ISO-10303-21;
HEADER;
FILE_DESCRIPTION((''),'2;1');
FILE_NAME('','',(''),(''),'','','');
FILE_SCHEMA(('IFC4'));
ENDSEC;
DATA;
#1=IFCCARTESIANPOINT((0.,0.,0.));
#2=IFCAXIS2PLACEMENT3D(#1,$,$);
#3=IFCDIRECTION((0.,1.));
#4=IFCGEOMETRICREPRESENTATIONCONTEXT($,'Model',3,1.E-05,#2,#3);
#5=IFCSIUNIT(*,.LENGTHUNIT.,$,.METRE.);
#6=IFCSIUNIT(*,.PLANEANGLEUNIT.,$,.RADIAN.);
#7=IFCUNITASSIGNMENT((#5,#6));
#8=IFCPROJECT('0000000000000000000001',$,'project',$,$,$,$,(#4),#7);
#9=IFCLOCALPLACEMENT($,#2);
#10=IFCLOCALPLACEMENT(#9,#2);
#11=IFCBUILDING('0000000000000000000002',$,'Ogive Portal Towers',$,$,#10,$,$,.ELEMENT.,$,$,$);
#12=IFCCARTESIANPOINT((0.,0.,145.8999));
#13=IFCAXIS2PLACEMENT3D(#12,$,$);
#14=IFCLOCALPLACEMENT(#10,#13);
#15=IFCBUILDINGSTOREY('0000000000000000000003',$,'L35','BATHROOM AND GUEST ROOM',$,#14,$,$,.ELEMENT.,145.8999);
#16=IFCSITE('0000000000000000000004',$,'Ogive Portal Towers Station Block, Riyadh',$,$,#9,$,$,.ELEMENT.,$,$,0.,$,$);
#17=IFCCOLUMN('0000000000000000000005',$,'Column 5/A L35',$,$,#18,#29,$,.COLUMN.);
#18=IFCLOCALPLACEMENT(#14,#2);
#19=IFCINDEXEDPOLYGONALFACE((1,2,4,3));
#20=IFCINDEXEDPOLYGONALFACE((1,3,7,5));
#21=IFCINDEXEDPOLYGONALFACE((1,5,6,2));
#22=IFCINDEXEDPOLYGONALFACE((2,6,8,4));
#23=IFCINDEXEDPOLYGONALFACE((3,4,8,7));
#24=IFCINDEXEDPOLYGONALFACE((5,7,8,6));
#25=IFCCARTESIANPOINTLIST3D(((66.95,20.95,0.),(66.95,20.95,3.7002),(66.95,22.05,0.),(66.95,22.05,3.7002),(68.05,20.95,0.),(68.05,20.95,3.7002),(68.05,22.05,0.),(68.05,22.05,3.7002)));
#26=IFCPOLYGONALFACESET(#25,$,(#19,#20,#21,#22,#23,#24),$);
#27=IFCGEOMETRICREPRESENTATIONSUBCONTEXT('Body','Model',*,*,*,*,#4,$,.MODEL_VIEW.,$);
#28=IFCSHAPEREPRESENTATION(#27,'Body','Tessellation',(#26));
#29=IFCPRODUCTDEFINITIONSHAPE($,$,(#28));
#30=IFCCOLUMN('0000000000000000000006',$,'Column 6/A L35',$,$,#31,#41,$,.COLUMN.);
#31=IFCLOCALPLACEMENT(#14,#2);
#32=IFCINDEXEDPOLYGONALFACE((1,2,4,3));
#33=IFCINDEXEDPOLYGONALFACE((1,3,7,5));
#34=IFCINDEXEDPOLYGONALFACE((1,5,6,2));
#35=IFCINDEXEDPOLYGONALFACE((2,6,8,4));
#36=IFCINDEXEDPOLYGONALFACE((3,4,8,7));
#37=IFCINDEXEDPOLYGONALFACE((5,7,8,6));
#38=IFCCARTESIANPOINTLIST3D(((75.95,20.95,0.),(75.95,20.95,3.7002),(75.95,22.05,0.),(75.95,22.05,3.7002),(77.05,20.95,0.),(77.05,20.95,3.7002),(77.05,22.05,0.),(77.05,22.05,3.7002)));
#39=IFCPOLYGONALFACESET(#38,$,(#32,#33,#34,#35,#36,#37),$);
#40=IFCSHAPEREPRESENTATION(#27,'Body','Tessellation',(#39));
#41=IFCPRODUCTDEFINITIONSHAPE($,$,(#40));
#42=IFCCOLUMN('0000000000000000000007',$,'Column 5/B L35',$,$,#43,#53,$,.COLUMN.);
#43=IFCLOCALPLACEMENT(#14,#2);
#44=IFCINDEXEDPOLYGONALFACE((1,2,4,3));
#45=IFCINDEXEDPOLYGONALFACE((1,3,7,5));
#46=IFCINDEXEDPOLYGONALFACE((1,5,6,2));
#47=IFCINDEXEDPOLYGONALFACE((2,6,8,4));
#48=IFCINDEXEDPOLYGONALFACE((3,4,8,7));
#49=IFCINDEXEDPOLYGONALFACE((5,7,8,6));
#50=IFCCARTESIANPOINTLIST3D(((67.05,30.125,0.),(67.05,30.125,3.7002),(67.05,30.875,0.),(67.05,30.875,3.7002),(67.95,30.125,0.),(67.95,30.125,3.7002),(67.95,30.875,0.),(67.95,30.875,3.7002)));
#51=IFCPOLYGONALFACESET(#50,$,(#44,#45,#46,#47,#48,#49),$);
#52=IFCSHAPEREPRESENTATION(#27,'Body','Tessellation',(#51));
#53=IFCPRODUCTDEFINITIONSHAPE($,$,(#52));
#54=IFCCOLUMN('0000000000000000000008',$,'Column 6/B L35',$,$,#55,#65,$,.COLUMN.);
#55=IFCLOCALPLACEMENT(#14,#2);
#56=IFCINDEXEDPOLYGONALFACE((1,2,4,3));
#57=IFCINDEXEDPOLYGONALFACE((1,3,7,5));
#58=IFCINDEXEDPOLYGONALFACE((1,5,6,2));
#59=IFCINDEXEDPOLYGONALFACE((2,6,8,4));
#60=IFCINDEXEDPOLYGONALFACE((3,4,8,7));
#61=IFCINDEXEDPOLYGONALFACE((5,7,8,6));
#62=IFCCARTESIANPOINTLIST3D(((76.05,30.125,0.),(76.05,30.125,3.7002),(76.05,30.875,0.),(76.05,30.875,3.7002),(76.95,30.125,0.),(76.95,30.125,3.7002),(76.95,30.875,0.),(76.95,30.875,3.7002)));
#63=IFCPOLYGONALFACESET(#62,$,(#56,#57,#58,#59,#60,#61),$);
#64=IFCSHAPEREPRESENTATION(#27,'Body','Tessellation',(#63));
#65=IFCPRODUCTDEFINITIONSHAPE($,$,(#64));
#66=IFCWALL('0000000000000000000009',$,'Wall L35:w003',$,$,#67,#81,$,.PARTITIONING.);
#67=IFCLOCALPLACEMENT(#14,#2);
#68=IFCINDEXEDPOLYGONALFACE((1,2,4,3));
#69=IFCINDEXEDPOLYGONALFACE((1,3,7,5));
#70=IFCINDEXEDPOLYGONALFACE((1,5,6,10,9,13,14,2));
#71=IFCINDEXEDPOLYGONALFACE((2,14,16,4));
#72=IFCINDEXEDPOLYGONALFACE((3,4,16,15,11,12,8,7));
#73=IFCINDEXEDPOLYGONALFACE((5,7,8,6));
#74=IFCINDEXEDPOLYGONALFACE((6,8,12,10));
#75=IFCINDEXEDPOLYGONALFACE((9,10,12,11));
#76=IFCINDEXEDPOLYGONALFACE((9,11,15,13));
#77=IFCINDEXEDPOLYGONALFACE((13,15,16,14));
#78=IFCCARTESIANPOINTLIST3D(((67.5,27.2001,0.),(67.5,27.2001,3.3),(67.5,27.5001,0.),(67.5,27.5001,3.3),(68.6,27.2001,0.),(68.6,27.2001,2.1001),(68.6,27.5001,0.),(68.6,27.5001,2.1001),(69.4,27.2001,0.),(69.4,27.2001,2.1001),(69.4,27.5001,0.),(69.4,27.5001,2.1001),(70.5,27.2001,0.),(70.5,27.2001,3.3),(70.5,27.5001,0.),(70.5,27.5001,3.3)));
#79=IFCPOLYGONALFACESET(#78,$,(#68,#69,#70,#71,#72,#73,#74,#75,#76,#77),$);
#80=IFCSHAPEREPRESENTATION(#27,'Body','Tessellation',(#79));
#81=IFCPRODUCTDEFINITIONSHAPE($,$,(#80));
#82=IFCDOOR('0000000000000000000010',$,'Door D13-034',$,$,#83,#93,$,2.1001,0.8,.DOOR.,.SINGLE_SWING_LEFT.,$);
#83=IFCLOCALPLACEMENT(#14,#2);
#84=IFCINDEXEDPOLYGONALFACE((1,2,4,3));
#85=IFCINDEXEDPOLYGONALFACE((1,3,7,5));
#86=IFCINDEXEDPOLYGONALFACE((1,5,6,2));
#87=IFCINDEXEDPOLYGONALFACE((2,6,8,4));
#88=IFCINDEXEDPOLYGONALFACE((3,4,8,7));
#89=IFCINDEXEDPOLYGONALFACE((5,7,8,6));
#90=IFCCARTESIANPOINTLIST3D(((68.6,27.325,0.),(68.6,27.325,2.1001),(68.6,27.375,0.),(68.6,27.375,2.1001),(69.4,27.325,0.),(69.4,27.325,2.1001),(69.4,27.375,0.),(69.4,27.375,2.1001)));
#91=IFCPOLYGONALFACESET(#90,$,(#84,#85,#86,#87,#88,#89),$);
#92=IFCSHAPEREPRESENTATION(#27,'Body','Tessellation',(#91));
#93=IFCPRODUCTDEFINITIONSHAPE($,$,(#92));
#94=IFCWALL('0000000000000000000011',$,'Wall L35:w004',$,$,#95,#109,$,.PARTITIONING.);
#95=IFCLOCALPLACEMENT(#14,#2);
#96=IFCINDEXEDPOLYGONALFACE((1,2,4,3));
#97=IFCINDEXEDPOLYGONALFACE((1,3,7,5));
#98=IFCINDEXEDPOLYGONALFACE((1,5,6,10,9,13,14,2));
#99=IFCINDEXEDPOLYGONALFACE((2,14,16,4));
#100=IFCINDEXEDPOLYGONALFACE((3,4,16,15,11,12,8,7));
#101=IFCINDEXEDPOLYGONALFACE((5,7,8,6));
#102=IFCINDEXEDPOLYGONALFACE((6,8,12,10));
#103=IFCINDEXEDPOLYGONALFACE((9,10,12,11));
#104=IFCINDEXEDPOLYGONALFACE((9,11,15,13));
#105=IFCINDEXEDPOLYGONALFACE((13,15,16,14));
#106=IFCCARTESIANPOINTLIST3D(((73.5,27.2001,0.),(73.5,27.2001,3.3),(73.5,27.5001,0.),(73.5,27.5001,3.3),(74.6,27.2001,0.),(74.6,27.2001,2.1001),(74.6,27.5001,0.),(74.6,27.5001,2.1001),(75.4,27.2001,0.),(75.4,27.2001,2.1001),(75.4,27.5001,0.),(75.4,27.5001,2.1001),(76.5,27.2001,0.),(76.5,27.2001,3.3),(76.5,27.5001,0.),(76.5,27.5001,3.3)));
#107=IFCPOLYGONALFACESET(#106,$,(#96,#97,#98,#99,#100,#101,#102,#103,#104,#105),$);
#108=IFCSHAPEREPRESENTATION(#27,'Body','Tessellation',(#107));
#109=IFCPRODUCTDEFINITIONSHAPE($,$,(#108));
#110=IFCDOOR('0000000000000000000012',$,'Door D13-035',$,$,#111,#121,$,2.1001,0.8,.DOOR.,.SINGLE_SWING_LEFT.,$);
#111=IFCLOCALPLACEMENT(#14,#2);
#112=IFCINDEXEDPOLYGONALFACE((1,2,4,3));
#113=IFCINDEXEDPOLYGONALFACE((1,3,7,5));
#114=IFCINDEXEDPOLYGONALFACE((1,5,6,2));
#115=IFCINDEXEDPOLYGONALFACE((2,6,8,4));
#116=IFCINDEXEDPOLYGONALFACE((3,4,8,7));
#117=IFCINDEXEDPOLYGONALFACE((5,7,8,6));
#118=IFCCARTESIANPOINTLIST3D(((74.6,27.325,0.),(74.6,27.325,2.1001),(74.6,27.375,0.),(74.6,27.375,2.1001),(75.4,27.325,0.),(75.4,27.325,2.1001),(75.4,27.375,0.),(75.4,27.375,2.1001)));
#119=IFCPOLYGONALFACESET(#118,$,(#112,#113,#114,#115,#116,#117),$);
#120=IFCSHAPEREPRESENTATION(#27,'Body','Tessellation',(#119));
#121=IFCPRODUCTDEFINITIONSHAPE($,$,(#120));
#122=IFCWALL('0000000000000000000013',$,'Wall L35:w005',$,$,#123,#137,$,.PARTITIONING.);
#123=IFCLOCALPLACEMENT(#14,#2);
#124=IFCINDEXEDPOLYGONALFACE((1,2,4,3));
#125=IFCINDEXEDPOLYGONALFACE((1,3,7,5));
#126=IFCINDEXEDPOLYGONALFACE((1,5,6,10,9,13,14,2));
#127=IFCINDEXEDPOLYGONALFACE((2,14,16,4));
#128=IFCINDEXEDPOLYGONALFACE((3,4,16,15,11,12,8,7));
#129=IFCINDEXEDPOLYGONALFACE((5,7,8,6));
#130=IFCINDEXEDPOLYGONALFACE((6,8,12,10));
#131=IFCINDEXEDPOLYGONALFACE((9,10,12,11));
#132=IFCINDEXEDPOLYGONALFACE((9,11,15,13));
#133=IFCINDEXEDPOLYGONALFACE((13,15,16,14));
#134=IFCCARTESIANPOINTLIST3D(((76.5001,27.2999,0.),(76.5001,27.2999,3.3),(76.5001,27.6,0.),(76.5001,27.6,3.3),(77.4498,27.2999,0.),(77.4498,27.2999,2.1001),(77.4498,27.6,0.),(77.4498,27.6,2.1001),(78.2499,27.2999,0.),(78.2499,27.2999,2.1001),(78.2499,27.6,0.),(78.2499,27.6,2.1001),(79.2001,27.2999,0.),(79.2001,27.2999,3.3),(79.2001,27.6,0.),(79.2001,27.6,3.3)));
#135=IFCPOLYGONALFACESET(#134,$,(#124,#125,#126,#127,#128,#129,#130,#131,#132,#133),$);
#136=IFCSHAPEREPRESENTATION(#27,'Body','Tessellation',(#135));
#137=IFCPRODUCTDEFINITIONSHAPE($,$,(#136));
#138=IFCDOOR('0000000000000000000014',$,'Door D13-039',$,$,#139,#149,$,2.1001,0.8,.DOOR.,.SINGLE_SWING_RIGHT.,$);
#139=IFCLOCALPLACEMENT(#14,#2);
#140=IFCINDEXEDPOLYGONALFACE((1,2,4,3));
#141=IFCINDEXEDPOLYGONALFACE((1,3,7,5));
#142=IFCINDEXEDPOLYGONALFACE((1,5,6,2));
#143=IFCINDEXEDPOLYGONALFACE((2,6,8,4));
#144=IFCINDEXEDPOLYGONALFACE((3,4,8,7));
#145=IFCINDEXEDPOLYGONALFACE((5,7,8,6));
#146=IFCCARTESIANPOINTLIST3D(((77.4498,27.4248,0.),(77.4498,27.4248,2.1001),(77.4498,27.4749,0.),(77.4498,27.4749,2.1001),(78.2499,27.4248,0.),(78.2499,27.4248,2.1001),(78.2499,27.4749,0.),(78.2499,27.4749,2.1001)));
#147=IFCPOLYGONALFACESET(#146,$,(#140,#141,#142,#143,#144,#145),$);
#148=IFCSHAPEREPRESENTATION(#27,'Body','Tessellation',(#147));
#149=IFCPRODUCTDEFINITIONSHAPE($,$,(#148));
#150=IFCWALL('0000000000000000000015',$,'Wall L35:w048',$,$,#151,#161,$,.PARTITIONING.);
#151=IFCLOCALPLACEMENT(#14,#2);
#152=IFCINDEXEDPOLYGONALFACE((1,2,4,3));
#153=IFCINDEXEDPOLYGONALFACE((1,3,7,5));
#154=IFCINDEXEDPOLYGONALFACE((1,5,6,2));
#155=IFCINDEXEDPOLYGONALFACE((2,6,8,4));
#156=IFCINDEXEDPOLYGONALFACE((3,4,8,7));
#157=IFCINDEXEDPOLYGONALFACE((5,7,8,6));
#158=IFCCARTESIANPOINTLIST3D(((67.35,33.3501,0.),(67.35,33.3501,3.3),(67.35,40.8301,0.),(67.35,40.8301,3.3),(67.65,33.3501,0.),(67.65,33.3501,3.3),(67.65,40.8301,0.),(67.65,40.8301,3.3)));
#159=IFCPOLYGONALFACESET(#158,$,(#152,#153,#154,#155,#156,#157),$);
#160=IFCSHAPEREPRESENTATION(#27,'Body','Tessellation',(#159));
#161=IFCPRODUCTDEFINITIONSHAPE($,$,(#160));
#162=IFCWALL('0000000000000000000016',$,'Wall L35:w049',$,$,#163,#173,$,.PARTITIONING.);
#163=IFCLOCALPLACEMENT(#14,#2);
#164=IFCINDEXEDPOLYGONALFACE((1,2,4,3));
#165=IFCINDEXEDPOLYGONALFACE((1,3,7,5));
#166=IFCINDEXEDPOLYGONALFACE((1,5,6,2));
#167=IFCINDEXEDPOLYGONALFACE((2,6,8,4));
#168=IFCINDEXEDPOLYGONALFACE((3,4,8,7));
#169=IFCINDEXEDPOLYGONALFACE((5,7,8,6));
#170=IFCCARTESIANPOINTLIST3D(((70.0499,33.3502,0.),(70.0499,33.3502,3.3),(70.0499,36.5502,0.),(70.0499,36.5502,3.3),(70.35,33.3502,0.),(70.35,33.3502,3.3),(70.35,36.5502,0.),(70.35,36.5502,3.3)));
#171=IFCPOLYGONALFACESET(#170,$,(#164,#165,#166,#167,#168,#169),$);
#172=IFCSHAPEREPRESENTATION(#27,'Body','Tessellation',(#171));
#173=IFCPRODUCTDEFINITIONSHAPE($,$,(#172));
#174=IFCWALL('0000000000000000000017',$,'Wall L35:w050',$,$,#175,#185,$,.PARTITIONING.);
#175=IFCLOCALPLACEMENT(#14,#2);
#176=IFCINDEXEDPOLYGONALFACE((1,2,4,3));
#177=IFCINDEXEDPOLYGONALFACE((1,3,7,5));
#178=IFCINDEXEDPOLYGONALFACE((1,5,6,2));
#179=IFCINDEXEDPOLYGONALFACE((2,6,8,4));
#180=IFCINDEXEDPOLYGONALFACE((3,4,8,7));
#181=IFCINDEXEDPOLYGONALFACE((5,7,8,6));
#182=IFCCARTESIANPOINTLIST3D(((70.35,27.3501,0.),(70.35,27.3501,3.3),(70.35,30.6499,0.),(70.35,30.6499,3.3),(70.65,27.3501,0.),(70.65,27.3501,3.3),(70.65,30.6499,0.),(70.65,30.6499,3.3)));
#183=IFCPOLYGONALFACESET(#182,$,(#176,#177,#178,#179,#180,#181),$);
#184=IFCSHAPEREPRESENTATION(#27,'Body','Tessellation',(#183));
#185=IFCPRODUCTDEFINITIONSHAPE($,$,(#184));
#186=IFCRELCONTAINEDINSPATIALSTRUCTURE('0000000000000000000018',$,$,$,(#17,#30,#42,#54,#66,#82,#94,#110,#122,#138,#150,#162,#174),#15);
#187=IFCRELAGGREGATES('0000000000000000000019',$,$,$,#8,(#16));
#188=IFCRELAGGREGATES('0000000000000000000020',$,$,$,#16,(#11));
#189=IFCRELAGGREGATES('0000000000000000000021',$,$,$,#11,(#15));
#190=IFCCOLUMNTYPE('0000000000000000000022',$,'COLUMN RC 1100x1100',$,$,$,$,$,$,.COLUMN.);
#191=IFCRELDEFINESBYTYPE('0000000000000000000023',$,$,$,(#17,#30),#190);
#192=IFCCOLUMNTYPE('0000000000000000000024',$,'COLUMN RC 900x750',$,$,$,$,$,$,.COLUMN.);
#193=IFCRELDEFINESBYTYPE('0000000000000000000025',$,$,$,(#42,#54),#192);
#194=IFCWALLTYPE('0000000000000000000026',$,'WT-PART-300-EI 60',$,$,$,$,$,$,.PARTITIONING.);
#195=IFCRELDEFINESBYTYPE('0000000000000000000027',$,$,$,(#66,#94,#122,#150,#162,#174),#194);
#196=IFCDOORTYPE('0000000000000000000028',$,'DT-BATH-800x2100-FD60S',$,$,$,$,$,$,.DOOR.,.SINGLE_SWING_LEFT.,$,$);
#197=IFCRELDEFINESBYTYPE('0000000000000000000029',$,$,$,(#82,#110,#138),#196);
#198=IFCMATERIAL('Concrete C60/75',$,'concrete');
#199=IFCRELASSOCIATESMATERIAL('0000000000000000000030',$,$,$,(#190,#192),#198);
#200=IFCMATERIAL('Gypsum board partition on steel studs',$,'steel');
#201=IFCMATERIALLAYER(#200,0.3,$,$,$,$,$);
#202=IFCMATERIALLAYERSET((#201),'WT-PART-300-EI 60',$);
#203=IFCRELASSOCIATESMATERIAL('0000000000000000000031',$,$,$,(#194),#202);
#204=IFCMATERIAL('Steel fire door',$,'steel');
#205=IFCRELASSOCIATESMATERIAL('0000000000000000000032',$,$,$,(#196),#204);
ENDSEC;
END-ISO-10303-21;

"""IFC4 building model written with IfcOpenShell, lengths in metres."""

from ifc_helpers import new_model, si_unit, direction, frame, frame_2d, origin, origin_2d, place, context, subcontext, project, spatial, rectangle, extrude, material, layer, layer_set, material_profile, profile_set, type_object, element, fill, save


model = new_model("IFC4")

# Units and contexts
model_context = context("Model", 3, precision=1e-05, world=origin(), true_north=direction((0.0, 1.0)))
body_context = subcontext(model_context, "Body", "Model", "MODEL_VIEW")
ifc_project = project(units=[si_unit("LENGTHUNIT", "METRE"), si_unit("PLANEANGLEUNIT", "RADIAN")], contexts=[model_context])

# Site, building, storey
site_placement = place(None, origin())
site = spatial("IfcSite", under=ifc_project, at=site_placement, Name="Ogive Portal Towers Station Block, Riyadh", CompositionType="ELEMENT", RefElevation=0.0)
building_placement = place(site_placement, origin())
building = spatial("IfcBuilding", under=site, at=building_placement, Name="Ogive Portal Towers", CompositionType="ELEMENT")
storey_placement = place(building_placement, frame((0.0, 0.0, 145.8999)))
storey = spatial("IfcBuildingStorey", under=building, at=storey_placement, Name="L35", Description="BATHROOM AND GUEST ROOM", CompositionType="ELEMENT", Elevation=145.8999)

# Columns
ifc_material_1 = material(Name="Concrete C60/75", Category="concrete")
ifc_material_profile_1 = material_profile(ifc_material_1, rectangle(XDim=1.1001, YDim=1.1001, at=origin_2d()), Name="RC 1100x1100")
ifc_profile_set_1 = profile_set([ifc_material_profile_1], Name="Concrete C60/75")
column_type_1 = type_object("IfcColumnType", Name="COLUMN RC 1100x1100", PredefinedType="COLUMN", material=ifc_profile_set_1)
for number, where, z_axis, x_axis, name in (
    (1, (67.5, 21.5, 0.0), (0.0, 0.0, 1.0), (1.0, 0.0, 0.0), "Column 5/A L35"),
    (2, (76.5, 21.5, 0.0), (0.0, 0.0, 1.0), (1.0, 0.0, 0.0), "Column 6/A L35"),
):
    element("IfcColumn", number, at=place(storey_placement, frame(where, z_axis=z_axis, x_axis=x_axis)), inside=storey, type_object=column_type_1, Name=name, PredefinedType="COLUMN", context=body_context, shape_type="SweptSolid", body=[
        extrude(rectangle(XDim=1.1001, YDim=1.1001, at=origin_2d()), origin(), (0.0, 0.0, 1.0), 3.7002),
    ])
ifc_material_profile_2 = material_profile(ifc_material_1, rectangle(XDim=0.8999, YDim=0.75, at=origin_2d()), Name="RC 900x750")
ifc_profile_set_2 = profile_set([ifc_material_profile_2], Name="Concrete C60/75")
column_type_2 = type_object("IfcColumnType", Name="COLUMN RC 900x750", PredefinedType="COLUMN", material=ifc_profile_set_2)
for number, where, z_axis, x_axis, name in (
    (3, (67.5, 30.5, 0.0), (0.0, 0.0, 1.0), (1.0, 0.0, 0.0), "Column 5/B L35"),
    (4, (76.5, 30.5, 0.0), (0.0, 0.0, 1.0), (1.0, 0.0, 0.0), "Column 6/B L35"),
):
    element("IfcColumn", number, at=place(storey_placement, frame(where, z_axis=z_axis, x_axis=x_axis)), inside=storey, type_object=column_type_2, Name=name, PredefinedType="COLUMN", context=body_context, shape_type="SweptSolid", body=[
        extrude(rectangle(XDim=0.8999, YDim=0.75, at=origin_2d()), origin(), (0.0, 0.0, 1.0), 3.7002),
    ])

# Walls, openings, doors
ifc_material_2 = material(Name="Gypsum board partition on steel studs", Category="steel")
ifc_layer_1 = layer(ifc_material_2, 0.3)
ifc_layer_set_1 = layer_set([ifc_layer_1], Name="WT-PART-300-EI 60")
wall_type = type_object("IfcWallType", Name="WT-PART-300-EI 60", PredefinedType="PARTITIONING", material=ifc_layer_set_1)
wall_1_placement = place(storey_placement, frame((67.5, 27.3501, 0.0), z_axis=(0.0, 0.0, 1.0), x_axis=(1.0, 0.0, 0.0)))
wall_1 = element("IfcWall", 5, at=wall_1_placement, inside=storey, type_object=wall_type, Name="Wall L35:w003", PredefinedType="PARTITIONING", context=body_context, shape_type="SweptSolid", body=[
    extrude(rectangle(XDim=3.0, YDim=0.3, at=frame_2d((1.5, 0.0))), origin(), (0.0, 0.0, 1.0), 3.3),
])
opening_1_placement = place(wall_1_placement, frame((1.1001, 0.0, 0.0)))
opening_1 = element("IfcOpeningElement", 6, at=opening_1_placement, cuts=wall_1, PredefinedType="OPENING", context=body_context, shape_type="SweptSolid", body=[
    extrude(rectangle(XDim=0.8, YDim=2.1001, at=frame_2d((0.3999, 1.05))), frame((0.0, 0.1602, 0.0), z_axis=(0.0, -1.0, 0.0), x_axis=(1.0, 0.0, 0.0)), (0.0, 0.0, 1.0), 0.3201),
])
ifc_material_3 = material(Name="Steel fire door", Category="steel")
door_type = type_object("IfcDoorType", Name="DT-BATH-800x2100-FD60S", OperationType="SINGLE_SWING_LEFT", PredefinedType="DOOR", material=ifc_material_3)
door_1_placement = place(opening_1_placement, origin())
door_1 = element("IfcDoor", 7, at=door_1_placement, inside=storey, type_object=door_type, Name="Door D13-034", OperationType="SINGLE_SWING_LEFT", OverallHeight=2.1001, OverallWidth=0.8, PredefinedType="DOOR", context=body_context, shape_type="SweptSolid", body=[
    extrude(rectangle(XDim=0.8, YDim=2.1001, at=frame_2d((0.3999, 1.05))), frame((0.0, 0.0249, 0.0), z_axis=(0.0, -1.0, 0.0), x_axis=(1.0, 0.0, 0.0)), (0.0, 0.0, 1.0), 0.05),
])
fill(opening_1, door_1)
wall_2_placement = place(storey_placement, frame((73.5, 27.3501, 0.0), z_axis=(0.0, 0.0, 1.0), x_axis=(1.0, 0.0, 0.0)))
wall_2 = element("IfcWall", 8, at=wall_2_placement, inside=storey, type_object=wall_type, Name="Wall L35:w004", PredefinedType="PARTITIONING", context=body_context, shape_type="SweptSolid", body=[
    extrude(rectangle(XDim=3.0, YDim=0.3, at=frame_2d((1.5, 0.0))), origin(), (0.0, 0.0, 1.0), 3.3),
])
opening_2_placement = place(wall_2_placement, frame((1.1001, 0.0, 0.0)))
opening_2 = element("IfcOpeningElement", 9, at=opening_2_placement, cuts=wall_2, PredefinedType="OPENING", context=body_context, shape_type="SweptSolid", body=[
    extrude(rectangle(XDim=0.8, YDim=2.1001, at=frame_2d((0.3999, 1.05))), frame((0.0, 0.1602, 0.0), z_axis=(0.0, -1.0, 0.0), x_axis=(1.0, 0.0, 0.0)), (0.0, 0.0, 1.0), 0.3201),
])
door_2_placement = place(opening_2_placement, origin())
door_2 = element("IfcDoor", 10, at=door_2_placement, inside=storey, type_object=door_type, Name="Door D13-035", OperationType="SINGLE_SWING_LEFT", OverallHeight=2.1001, OverallWidth=0.8, PredefinedType="DOOR", context=body_context, shape_type="SweptSolid", body=[
    extrude(rectangle(XDim=0.8, YDim=2.1001, at=frame_2d((0.3999, 1.05))), frame((0.0, 0.0249, 0.0), z_axis=(0.0, -1.0, 0.0), x_axis=(1.0, 0.0, 0.0)), (0.0, 0.0, 1.0), 0.05),
])
fill(opening_2, door_2)
wall_3_placement = place(storey_placement, frame((76.5, 27.45, 0.0), z_axis=(0.0, 0.0, 1.0), x_axis=(1.0, 0.0, 0.0)))
wall_3 = element("IfcWall", 11, at=wall_3_placement, inside=storey, type_object=wall_type, Name="Wall L35:w005", PredefinedType="PARTITIONING", context=body_context, shape_type="SweptSolid", body=[
    extrude(rectangle(XDim=2.7, YDim=0.3, at=frame_2d((1.3501, 0.0))), origin(), (0.0, 0.0, 1.0), 3.3),
])
opening_3_placement = place(wall_3_placement, frame((0.95, 0.0, 0.0)))
opening_3 = element("IfcOpeningElement", 12, at=opening_3_placement, cuts=wall_3, PredefinedType="OPENING", context=body_context, shape_type="SweptSolid", body=[
    extrude(rectangle(XDim=0.8, YDim=2.1001, at=frame_2d((0.3999, 1.05))), frame((0.0, 0.1602, 0.0), z_axis=(0.0, -1.0, 0.0), x_axis=(1.0, 0.0, 0.0)), (0.0, 0.0, 1.0), 0.3201),
])
door_3_placement = place(opening_3_placement, origin())
door_3 = element("IfcDoor", 13, at=door_3_placement, inside=storey, type_object=door_type, Name="Door D13-039", OperationType="SINGLE_SWING_RIGHT", OverallHeight=2.1001, OverallWidth=0.8, PredefinedType="DOOR", context=body_context, shape_type="SweptSolid", body=[
    extrude(rectangle(XDim=0.8, YDim=2.1001, at=frame_2d((0.3999, 1.05))), frame((0.0, 0.0249, 0.0), z_axis=(0.0, -1.0, 0.0), x_axis=(1.0, 0.0, 0.0)), (0.0, 0.0, 1.0), 0.05),
])
fill(opening_3, door_3)

# Walls
wall_4_placement = place(storey_placement, frame((67.5, 33.3501, 0.0), z_axis=(0.0, 0.0, 1.0), x_axis=(0.0, 1.0, 0.0)))
element("IfcWall", 14, at=wall_4_placement, inside=storey, type_object=wall_type, Name="Wall L35:w048", PredefinedType="PARTITIONING", context=body_context, shape_type="SweptSolid", body=[
    extrude(rectangle(XDim=7.48, YDim=0.3, at=frame_2d((3.74, 0.0))), origin(), (0.0, 0.0, 1.0), 3.3),
])
wall_5_placement = place(storey_placement, frame((70.2, 33.3501, 0.0), z_axis=(0.0, 0.0, 1.0), x_axis=(0.0, 1.0, 0.0)))
element("IfcWall", 15, at=wall_5_placement, inside=storey, type_object=wall_type, Name="Wall L35:w049", PredefinedType="PARTITIONING", context=body_context, shape_type="SweptSolid", body=[
    extrude(rectangle(XDim=3.2, YDim=0.3, at=frame_2d((1.6001, 0.0))), origin(), (0.0, 0.0, 1.0), 3.3),
])
for number, where, z_axis, x_axis, name in (
    (16, (70.5, 27.3501, 0.0), (0.0, 0.0, 1.0), (0.0, 1.0, 0.0), "Wall L35:w050"),
):
    element("IfcWall", number, at=place(storey_placement, frame(where, z_axis=z_axis, x_axis=x_axis)), inside=storey, type_object=wall_type, Name=name, PredefinedType="PARTITIONING", context=body_context, shape_type="SweptSolid", body=[
        extrude(rectangle(XDim=3.2998, YDim=0.3, at=frame_2d((1.6499, 0.0))), origin(), (0.0, 0.0, 1.0), 3.3),
    ])

save(model, "model.ifc")
